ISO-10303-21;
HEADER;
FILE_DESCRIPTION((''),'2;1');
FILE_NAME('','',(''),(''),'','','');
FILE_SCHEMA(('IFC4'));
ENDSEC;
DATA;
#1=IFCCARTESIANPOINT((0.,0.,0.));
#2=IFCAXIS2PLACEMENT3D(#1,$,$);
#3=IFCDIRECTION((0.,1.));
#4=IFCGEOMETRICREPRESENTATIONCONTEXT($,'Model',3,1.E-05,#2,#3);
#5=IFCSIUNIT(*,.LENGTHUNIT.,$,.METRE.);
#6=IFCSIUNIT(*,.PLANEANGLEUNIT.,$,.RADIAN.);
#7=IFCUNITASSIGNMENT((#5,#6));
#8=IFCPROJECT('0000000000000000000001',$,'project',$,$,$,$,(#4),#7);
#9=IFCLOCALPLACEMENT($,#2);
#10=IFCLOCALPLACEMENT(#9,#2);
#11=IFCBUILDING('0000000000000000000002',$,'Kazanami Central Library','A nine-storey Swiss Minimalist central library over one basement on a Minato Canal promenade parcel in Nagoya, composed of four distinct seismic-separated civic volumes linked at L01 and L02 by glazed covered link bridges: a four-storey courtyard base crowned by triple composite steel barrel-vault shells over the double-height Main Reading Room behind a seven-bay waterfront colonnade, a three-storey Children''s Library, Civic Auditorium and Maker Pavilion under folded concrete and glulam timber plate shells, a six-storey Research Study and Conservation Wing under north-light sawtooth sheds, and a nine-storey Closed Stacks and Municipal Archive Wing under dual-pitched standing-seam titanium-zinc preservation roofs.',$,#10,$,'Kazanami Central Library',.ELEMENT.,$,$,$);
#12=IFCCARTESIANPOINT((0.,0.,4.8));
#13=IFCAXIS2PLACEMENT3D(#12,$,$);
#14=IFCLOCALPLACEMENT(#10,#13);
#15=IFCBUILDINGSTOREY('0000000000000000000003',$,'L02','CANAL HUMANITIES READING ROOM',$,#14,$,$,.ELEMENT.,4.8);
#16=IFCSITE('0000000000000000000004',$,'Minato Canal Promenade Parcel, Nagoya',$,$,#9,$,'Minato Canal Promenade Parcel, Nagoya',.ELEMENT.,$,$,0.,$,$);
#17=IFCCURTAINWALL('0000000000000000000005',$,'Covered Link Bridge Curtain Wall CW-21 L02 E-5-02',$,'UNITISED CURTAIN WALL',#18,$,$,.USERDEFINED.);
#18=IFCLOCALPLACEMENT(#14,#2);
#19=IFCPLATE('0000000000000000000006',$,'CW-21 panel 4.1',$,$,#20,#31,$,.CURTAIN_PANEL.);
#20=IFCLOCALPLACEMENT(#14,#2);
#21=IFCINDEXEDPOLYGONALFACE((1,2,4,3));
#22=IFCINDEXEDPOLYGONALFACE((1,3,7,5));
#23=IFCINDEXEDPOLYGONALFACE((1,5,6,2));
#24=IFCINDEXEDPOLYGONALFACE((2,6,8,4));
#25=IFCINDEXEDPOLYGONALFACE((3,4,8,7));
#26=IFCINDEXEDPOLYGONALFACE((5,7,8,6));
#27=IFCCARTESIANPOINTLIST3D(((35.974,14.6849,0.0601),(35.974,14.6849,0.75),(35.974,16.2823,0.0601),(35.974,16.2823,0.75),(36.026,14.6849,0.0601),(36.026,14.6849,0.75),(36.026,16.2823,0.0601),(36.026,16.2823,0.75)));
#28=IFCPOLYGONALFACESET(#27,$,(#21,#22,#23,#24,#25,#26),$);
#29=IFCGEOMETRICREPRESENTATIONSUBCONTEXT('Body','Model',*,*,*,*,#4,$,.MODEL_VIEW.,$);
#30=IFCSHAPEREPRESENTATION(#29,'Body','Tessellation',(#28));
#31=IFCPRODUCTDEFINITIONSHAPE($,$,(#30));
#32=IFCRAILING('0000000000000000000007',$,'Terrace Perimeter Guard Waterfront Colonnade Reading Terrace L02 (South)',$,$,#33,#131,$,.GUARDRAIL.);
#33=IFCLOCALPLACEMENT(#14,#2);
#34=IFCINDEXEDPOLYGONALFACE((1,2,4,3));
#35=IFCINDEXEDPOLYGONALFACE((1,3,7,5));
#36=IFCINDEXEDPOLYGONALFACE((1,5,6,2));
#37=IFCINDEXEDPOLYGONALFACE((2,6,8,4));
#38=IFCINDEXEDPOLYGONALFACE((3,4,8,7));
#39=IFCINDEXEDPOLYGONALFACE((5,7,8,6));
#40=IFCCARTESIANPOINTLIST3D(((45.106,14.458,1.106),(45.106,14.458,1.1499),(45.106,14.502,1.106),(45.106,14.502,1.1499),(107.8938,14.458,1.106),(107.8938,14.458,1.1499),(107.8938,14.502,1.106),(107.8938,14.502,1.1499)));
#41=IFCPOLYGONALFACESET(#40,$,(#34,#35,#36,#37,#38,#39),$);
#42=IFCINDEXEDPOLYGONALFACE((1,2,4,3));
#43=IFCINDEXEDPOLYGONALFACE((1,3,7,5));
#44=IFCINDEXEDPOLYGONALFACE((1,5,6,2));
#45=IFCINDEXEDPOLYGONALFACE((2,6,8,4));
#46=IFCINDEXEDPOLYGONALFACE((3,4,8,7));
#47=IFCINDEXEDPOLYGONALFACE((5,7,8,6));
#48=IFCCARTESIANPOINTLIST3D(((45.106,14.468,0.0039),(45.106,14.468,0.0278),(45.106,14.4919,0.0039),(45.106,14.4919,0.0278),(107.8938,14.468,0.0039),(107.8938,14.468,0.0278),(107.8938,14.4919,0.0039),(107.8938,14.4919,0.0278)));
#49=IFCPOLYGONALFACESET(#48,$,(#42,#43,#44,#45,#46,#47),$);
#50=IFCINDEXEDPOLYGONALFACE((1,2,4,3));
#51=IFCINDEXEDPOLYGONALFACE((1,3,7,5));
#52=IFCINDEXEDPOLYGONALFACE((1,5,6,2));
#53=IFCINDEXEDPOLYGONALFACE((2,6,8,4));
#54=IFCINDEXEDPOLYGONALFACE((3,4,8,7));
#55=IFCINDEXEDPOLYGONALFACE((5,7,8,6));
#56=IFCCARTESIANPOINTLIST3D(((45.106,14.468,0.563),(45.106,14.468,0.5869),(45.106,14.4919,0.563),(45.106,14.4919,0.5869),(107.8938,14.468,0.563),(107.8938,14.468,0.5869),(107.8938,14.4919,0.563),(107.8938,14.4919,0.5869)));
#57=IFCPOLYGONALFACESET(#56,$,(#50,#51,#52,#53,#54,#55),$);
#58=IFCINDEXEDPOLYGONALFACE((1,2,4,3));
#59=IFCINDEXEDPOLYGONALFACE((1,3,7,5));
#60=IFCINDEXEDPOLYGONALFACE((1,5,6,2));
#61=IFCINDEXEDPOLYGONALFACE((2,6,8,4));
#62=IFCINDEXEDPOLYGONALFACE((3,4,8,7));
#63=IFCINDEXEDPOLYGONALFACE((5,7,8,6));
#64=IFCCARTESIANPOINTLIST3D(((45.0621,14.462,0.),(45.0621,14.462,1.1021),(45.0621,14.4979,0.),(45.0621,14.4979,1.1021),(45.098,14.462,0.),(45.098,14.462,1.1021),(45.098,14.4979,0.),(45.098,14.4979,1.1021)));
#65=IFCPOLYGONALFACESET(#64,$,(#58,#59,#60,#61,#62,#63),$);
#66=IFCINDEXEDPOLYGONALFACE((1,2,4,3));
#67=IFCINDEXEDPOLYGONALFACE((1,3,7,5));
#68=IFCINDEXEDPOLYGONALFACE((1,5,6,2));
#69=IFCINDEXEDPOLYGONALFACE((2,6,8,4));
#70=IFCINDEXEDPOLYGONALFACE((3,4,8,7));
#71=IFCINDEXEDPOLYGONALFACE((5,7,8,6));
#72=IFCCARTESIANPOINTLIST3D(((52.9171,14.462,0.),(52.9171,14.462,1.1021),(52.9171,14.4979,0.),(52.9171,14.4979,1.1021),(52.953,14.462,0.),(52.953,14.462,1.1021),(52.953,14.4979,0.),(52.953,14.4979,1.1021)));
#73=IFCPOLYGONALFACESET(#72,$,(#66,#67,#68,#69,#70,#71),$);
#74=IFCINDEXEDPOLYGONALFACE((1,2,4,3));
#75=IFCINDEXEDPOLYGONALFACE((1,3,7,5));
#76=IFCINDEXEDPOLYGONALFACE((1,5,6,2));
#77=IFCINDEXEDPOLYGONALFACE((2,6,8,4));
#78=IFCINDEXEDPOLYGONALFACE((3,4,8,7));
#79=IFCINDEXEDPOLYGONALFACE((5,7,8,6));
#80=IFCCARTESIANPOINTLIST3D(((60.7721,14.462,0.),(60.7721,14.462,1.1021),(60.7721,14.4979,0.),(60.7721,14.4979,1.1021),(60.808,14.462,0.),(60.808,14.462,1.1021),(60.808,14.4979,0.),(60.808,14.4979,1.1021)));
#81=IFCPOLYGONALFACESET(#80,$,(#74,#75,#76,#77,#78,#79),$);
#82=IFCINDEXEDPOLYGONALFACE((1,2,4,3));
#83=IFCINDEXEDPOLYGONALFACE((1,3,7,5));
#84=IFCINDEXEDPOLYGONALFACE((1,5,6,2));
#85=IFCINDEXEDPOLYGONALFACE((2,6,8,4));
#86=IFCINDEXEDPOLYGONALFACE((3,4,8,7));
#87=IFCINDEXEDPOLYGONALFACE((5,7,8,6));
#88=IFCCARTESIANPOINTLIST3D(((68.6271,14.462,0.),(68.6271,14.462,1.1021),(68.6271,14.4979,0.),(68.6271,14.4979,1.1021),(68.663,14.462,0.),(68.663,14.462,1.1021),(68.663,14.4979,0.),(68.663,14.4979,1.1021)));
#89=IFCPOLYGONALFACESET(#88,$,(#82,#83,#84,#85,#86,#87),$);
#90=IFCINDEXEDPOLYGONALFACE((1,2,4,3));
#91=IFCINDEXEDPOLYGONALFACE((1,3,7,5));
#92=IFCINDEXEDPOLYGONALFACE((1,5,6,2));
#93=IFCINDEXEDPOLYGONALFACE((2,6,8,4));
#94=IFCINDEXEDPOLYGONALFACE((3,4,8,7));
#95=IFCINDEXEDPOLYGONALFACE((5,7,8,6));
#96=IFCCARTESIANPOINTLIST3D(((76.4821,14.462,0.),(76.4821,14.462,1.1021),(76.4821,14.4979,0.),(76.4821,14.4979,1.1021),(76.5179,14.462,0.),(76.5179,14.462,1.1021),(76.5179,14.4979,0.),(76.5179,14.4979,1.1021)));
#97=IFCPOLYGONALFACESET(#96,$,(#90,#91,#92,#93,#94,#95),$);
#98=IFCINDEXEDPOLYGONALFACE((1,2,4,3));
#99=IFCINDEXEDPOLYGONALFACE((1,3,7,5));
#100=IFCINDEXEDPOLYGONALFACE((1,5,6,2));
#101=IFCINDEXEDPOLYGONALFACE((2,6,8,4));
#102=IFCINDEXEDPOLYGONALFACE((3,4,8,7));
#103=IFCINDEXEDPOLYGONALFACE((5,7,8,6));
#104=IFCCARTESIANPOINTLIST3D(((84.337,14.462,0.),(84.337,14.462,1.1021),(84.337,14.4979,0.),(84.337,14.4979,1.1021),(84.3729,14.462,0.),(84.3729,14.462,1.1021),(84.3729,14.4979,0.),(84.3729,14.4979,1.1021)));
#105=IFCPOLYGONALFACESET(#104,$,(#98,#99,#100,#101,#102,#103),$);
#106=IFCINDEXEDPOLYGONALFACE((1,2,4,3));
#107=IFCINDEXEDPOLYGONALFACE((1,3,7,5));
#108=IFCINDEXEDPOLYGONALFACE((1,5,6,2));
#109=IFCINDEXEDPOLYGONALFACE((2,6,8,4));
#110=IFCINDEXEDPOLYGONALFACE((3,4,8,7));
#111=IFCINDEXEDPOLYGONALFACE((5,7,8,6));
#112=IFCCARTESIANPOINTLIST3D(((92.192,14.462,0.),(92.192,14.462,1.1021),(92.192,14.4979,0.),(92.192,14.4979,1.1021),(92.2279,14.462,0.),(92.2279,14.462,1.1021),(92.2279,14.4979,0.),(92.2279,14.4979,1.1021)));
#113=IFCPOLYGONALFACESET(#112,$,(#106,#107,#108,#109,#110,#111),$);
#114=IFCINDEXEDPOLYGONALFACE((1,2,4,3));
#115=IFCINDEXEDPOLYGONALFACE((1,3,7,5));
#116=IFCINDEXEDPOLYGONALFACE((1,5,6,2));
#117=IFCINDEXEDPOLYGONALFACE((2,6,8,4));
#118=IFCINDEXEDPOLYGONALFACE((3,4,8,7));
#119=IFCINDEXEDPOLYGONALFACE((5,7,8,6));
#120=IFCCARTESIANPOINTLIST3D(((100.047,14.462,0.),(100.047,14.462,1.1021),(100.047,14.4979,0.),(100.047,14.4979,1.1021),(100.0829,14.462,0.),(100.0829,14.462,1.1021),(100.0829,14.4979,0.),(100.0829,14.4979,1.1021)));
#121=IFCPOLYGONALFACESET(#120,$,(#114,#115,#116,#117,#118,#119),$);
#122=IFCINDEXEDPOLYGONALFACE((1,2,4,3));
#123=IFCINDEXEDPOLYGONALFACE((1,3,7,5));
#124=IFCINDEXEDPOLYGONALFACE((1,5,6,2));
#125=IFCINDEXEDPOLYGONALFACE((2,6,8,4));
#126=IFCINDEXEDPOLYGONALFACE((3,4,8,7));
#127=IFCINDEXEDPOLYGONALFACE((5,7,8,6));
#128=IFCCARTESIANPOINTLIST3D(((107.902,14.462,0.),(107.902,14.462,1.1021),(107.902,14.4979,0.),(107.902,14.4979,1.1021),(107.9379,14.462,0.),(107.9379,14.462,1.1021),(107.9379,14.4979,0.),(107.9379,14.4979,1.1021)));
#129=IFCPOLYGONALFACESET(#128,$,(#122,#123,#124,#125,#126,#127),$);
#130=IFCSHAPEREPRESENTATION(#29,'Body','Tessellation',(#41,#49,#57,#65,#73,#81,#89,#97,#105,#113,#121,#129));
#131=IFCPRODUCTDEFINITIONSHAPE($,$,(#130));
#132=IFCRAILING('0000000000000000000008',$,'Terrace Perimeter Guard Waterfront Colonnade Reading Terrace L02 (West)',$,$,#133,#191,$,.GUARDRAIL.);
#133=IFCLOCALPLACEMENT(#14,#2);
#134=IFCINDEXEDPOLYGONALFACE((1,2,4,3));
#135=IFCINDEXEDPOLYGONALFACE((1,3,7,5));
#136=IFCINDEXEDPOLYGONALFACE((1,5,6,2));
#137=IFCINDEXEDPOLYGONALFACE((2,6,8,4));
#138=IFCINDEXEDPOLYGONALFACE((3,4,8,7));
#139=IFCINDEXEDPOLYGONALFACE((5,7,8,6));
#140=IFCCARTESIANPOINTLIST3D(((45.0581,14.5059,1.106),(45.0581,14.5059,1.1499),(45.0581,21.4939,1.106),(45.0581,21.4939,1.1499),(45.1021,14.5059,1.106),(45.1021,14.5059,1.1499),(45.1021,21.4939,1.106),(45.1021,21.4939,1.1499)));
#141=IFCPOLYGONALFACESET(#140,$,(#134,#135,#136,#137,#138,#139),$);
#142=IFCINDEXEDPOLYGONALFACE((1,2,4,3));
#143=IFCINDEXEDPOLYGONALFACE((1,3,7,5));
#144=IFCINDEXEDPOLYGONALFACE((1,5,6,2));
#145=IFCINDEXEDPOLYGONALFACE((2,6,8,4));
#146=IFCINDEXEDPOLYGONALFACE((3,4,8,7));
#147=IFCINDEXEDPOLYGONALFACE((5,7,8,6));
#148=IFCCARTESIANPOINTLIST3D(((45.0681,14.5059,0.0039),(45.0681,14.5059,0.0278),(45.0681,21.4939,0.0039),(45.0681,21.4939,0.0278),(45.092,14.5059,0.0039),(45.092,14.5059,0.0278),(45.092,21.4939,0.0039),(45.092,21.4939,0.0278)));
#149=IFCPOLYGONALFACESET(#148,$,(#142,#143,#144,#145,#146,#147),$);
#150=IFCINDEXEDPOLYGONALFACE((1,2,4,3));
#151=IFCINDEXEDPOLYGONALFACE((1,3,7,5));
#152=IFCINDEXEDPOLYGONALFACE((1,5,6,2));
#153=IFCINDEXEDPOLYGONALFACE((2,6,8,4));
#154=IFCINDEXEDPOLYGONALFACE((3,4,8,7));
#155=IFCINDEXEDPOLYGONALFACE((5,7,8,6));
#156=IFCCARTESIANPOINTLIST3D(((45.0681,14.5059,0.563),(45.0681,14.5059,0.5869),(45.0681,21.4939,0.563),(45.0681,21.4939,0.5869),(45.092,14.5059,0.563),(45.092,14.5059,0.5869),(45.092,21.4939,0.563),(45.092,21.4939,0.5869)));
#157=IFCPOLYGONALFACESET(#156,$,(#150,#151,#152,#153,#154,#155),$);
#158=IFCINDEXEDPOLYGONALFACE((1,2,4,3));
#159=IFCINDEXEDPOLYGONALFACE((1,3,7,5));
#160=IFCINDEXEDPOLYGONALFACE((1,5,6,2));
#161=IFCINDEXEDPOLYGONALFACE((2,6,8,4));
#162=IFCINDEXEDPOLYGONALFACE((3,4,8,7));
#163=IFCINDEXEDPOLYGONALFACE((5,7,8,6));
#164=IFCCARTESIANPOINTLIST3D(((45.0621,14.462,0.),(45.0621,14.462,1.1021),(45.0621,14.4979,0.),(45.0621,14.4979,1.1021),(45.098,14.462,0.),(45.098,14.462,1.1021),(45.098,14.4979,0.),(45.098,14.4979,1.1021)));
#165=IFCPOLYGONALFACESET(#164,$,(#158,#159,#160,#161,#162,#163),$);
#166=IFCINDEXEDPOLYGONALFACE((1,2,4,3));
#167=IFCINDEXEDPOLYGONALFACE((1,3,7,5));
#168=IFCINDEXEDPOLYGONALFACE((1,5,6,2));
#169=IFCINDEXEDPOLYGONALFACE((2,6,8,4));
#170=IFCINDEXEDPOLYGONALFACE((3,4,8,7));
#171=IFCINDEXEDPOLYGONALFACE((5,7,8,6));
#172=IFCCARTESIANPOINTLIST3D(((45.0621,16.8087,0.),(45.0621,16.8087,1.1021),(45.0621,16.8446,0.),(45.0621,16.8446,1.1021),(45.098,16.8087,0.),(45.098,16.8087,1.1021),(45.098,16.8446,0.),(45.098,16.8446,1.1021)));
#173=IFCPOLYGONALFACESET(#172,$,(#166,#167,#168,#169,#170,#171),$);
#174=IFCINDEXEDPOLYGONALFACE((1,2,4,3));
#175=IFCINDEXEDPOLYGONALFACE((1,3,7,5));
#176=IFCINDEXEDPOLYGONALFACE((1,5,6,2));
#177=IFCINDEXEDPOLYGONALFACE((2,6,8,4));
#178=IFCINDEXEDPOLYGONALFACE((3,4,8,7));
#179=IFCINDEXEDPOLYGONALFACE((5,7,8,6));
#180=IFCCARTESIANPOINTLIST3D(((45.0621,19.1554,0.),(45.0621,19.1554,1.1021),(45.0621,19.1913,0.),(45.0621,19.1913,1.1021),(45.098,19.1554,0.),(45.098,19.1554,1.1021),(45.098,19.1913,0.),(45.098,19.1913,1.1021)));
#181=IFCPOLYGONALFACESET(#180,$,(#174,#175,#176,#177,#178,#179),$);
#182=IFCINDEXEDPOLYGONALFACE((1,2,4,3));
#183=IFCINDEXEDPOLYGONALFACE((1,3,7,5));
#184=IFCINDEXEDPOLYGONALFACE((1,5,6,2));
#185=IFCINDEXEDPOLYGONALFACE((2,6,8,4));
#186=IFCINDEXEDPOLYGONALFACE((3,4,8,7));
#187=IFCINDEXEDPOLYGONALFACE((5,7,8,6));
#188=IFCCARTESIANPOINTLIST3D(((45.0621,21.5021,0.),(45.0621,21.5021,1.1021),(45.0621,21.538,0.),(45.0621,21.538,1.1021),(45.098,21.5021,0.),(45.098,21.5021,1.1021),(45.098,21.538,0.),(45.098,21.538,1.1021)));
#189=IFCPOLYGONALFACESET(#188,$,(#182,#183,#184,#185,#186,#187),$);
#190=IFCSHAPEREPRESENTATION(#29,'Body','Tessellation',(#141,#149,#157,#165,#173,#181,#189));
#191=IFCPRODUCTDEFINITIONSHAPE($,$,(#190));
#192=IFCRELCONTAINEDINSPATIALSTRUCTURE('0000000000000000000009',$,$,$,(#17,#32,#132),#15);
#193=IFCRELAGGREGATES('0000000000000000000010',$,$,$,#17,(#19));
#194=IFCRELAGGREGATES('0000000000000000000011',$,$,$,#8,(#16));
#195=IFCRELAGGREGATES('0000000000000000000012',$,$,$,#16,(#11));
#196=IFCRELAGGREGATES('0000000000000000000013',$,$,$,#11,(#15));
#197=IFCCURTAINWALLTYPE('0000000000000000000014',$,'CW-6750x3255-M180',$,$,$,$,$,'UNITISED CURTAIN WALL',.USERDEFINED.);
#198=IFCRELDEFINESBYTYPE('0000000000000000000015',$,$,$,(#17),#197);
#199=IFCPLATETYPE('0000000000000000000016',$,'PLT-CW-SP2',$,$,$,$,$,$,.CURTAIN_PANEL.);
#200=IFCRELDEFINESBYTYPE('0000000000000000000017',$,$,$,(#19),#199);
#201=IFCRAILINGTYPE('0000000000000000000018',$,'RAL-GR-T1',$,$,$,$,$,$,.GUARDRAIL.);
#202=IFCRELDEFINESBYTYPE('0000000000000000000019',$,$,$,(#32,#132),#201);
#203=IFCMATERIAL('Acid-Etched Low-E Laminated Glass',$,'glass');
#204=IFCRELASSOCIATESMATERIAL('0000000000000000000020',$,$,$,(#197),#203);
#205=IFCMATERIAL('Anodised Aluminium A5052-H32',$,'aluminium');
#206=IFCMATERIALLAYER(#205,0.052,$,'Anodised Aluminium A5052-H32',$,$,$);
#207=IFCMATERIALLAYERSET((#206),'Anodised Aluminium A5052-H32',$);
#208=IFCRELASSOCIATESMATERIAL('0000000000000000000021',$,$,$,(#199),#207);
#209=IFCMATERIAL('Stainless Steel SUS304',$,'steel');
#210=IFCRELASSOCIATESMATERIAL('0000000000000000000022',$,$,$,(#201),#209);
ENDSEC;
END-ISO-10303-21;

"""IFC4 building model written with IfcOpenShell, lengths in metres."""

from ifc_helpers import new_model, si_unit, direction, frame, origin, origin_2d, place, context, subcontext, project, spatial, rectangle, extrude, material, layer, layer_set, type_object, element, aggregate, save


model = new_model("IFC4")

# Units and contexts
model_context = context("Model", 3, precision=1e-05, world=origin(), true_north=direction((0.0, 1.0)))
body_context = subcontext(model_context, "Body", "Model", "MODEL_VIEW")
ifc_project = project(units=[si_unit("LENGTHUNIT", "METRE"), si_unit("PLANEANGLEUNIT", "RADIAN")], contexts=[model_context])

# Site, building, storey
site_placement = place(None, origin())
site = spatial("IfcSite", under=ifc_project, at=site_placement, Name="Minato Canal Promenade Parcel, Nagoya", LongName="Minato Canal Promenade Parcel, Nagoya", CompositionType="ELEMENT", RefElevation=0.0)
building_placement = place(site_placement, origin())
building = spatial("IfcBuilding", under=site, at=building_placement, Name="Kazanami Central Library", Description="A nine-storey Swiss Minimalist central library over one basement on a Minato Canal promenade parcel in Nagoya, composed of four distinct seismic-separated civic volumes linked at L01 and L02 by glazed covered link bridges: a four-storey courtyard base crowned by triple composite steel barrel-vault shells over the double-height Main Reading Room behind a seven-bay waterfront colonnade, a three-storey Children's Library, Civic Auditorium and Maker Pavilion under folded concrete and glulam timber plate shells, a six-storey Research Study and Conservation Wing under north-light sawtooth sheds, and a nine-storey Closed Stacks and Municipal Archive Wing under dual-pitched standing-seam titanium-zinc preservation roofs.", LongName="Kazanami Central Library", CompositionType="ELEMENT")
storey_placement = place(building_placement, frame((0.0, 0.0, 4.8)))
storey = spatial("IfcBuildingStorey", under=building, at=storey_placement, Name="L02", Description="CANAL HUMANITIES READING ROOM", CompositionType="ELEMENT", Elevation=4.8)

# Curtain wall
ifc_material_1 = material(Name="Acid-Etched Low-E Laminated Glass", Category="glass")
curtain_wall_type = type_object("IfcCurtainWallType", Name="CW-6750x3255-M180", ElementType="UNITISED CURTAIN WALL", PredefinedType="USERDEFINED", material=ifc_material_1)
curtain_wall_1_placement = place(storey_placement, origin())
curtain_wall_1 = element("IfcCurtainWall", 1, at=curtain_wall_1_placement, inside=storey, type_object=curtain_wall_type, Name="Covered Link Bridge Curtain Wall CW-21 L02 E-5-02", ObjectType="UNITISED CURTAIN WALL", PredefinedType="USERDEFINED")

# Plate
ifc_material_2 = material(Name="Anodised Aluminium A5052-H32", Category="aluminium")
ifc_layer_1 = layer(ifc_material_2, 0.052, Name="Anodised Aluminium A5052-H32")
ifc_layer_set_1 = layer_set([ifc_layer_1], Name="Anodised Aluminium A5052-H32")
plate_type_1 = type_object("IfcPlateType", Name="PLT-CW-SP2", PredefinedType="CURTAIN_PANEL", material=ifc_layer_set_1)
plate_1_placement = place(storey_placement, frame((36.0, 15.4836, 0.0601), z_axis=(0.0, 0.0, 1.0), x_axis=(0.0, -1.0, 0.0)))
plate_1 = element("IfcPlate", 2, at=plate_1_placement, type_object=plate_type_1, Name="CW-21 panel 4.1", PredefinedType="CURTAIN_PANEL", context=body_context, shape_type="SweptSolid", body=[
    extrude(rectangle(XDim=1.5974, YDim=0.052, at=origin_2d()), origin(), (0.0, 0.0, 1.0), 0.6899),
])
aggregate(curtain_wall_1, [plate_1])

# Railings
ifc_material_3 = material(Name="Stainless Steel SUS304", Category="steel")
railing_type = type_object("IfcRailingType", Name="RAL-GR-T1", PredefinedType="GUARDRAIL", material=ifc_material_3)
railing_1_placement = place(storey_placement, frame((45.0801, 14.48, 0.0)))
element("IfcRailing", 3, at=railing_1_placement, inside=storey, type_object=railing_type, Name="Terrace Perimeter Guard Waterfront Colonnade Reading Terrace L02 (South)", PredefinedType="GUARDRAIL", context=body_context, shape_type="SweptSolid", body=[
    extrude(rectangle(XDim=0.0439, YDim=0.0439, at=origin_2d()), frame((0.0259, 0.0, 1.1279), z_axis=(1.0, 0.0, 0.0), x_axis=(0.0, 1.0, 0.0)), (0.0, 0.0, 1.0), 62.7878),
    extrude(rectangle(XDim=0.0239, YDim=0.0239, at=origin_2d()), frame((0.0259, 0.0, 0.0159), z_axis=(1.0, 0.0, 0.0), x_axis=(0.0, 1.0, 0.0)), (0.0, 0.0, 1.0), 62.7878),
    extrude(rectangle(XDim=0.0239, YDim=0.0239, at=origin_2d()), frame((0.0259, 0.0, 0.575), z_axis=(1.0, 0.0, 0.0), x_axis=(0.0, 1.0, 0.0)), (0.0, 0.0, 1.0), 62.7878),
    extrude(rectangle(XDim=0.0359, YDim=0.0359, at=origin_2d()), origin(), (0.0, 0.0, 1.0), 1.1021),
    extrude(rectangle(XDim=0.0359, YDim=0.0359, at=origin_2d()), frame((7.855, 0.0, 0.0)), (0.0, 0.0, 1.0), 1.1021),
    extrude(rectangle(XDim=0.0359, YDim=0.0359, at=origin_2d()), frame((15.71, 0.0, 0.0)), (0.0, 0.0, 1.0), 1.1021),
    extrude(rectangle(XDim=0.0359, YDim=0.0359, at=origin_2d()), frame((23.5649, 0.0, 0.0)), (0.0, 0.0, 1.0), 1.1021),
    extrude(rectangle(XDim=0.0359, YDim=0.0359, at=origin_2d()), frame((31.4199, 0.0, 0.0)), (0.0, 0.0, 1.0), 1.1021),
    extrude(rectangle(XDim=0.0359, YDim=0.0359, at=origin_2d()), frame((39.2749, 0.0, 0.0)), (0.0, 0.0, 1.0), 1.1021),
    extrude(rectangle(XDim=0.0359, YDim=0.0359, at=origin_2d()), frame((47.1299, 0.0, 0.0)), (0.0, 0.0, 1.0), 1.1021),
    extrude(rectangle(XDim=0.0359, YDim=0.0359, at=origin_2d()), frame((54.9849, 0.0, 0.0)), (0.0, 0.0, 1.0), 1.1021),
    extrude(rectangle(XDim=0.0359, YDim=0.0359, at=origin_2d()), frame((62.8398, 0.0, 0.0)), (0.0, 0.0, 1.0), 1.1021),
])
railing_2_placement = place(storey_placement, frame((45.0801, 14.48, 0.0)))
element("IfcRailing", 4, at=railing_2_placement, inside=storey, type_object=railing_type, Name="Terrace Perimeter Guard Waterfront Colonnade Reading Terrace L02 (West)", PredefinedType="GUARDRAIL", context=body_context, shape_type="SweptSolid", body=[
    extrude(rectangle(XDim=0.0439, YDim=0.0439, at=origin_2d()), frame((0.0, 0.0259, 1.1279), z_axis=(0.0, 1.0, 0.0), x_axis=(-1.0, 0.0, 0.0)), (0.0, 0.0, 1.0), 6.988),
    extrude(rectangle(XDim=0.0239, YDim=0.0239, at=origin_2d()), frame((0.0, 0.0259, 0.0159), z_axis=(0.0, 1.0, 0.0), x_axis=(-1.0, 0.0, 0.0)), (0.0, 0.0, 1.0), 6.988),
    extrude(rectangle(XDim=0.0239, YDim=0.0239, at=origin_2d()), frame((0.0, 0.0259, 0.575), z_axis=(0.0, 1.0, 0.0), x_axis=(-1.0, 0.0, 0.0)), (0.0, 0.0, 1.0), 6.988),
    extrude(rectangle(XDim=0.0359, YDim=0.0359, at=origin_2d()), origin(), (0.0, 0.0, 1.0), 1.1021),
    extrude(rectangle(XDim=0.0359, YDim=0.0359, at=origin_2d()), frame((0.0, 2.3467, 0.0)), (0.0, 0.0, 1.0), 1.1021),
    extrude(rectangle(XDim=0.0359, YDim=0.0359, at=origin_2d()), frame((0.0, 4.6934, 0.0)), (0.0, 0.0, 1.0), 1.1021),
    extrude(rectangle(XDim=0.0359, YDim=0.0359, at=origin_2d()), frame((0.0, 7.04, 0.0)), (0.0, 0.0, 1.0), 1.1021),
])

save(model, "model.ifc")
